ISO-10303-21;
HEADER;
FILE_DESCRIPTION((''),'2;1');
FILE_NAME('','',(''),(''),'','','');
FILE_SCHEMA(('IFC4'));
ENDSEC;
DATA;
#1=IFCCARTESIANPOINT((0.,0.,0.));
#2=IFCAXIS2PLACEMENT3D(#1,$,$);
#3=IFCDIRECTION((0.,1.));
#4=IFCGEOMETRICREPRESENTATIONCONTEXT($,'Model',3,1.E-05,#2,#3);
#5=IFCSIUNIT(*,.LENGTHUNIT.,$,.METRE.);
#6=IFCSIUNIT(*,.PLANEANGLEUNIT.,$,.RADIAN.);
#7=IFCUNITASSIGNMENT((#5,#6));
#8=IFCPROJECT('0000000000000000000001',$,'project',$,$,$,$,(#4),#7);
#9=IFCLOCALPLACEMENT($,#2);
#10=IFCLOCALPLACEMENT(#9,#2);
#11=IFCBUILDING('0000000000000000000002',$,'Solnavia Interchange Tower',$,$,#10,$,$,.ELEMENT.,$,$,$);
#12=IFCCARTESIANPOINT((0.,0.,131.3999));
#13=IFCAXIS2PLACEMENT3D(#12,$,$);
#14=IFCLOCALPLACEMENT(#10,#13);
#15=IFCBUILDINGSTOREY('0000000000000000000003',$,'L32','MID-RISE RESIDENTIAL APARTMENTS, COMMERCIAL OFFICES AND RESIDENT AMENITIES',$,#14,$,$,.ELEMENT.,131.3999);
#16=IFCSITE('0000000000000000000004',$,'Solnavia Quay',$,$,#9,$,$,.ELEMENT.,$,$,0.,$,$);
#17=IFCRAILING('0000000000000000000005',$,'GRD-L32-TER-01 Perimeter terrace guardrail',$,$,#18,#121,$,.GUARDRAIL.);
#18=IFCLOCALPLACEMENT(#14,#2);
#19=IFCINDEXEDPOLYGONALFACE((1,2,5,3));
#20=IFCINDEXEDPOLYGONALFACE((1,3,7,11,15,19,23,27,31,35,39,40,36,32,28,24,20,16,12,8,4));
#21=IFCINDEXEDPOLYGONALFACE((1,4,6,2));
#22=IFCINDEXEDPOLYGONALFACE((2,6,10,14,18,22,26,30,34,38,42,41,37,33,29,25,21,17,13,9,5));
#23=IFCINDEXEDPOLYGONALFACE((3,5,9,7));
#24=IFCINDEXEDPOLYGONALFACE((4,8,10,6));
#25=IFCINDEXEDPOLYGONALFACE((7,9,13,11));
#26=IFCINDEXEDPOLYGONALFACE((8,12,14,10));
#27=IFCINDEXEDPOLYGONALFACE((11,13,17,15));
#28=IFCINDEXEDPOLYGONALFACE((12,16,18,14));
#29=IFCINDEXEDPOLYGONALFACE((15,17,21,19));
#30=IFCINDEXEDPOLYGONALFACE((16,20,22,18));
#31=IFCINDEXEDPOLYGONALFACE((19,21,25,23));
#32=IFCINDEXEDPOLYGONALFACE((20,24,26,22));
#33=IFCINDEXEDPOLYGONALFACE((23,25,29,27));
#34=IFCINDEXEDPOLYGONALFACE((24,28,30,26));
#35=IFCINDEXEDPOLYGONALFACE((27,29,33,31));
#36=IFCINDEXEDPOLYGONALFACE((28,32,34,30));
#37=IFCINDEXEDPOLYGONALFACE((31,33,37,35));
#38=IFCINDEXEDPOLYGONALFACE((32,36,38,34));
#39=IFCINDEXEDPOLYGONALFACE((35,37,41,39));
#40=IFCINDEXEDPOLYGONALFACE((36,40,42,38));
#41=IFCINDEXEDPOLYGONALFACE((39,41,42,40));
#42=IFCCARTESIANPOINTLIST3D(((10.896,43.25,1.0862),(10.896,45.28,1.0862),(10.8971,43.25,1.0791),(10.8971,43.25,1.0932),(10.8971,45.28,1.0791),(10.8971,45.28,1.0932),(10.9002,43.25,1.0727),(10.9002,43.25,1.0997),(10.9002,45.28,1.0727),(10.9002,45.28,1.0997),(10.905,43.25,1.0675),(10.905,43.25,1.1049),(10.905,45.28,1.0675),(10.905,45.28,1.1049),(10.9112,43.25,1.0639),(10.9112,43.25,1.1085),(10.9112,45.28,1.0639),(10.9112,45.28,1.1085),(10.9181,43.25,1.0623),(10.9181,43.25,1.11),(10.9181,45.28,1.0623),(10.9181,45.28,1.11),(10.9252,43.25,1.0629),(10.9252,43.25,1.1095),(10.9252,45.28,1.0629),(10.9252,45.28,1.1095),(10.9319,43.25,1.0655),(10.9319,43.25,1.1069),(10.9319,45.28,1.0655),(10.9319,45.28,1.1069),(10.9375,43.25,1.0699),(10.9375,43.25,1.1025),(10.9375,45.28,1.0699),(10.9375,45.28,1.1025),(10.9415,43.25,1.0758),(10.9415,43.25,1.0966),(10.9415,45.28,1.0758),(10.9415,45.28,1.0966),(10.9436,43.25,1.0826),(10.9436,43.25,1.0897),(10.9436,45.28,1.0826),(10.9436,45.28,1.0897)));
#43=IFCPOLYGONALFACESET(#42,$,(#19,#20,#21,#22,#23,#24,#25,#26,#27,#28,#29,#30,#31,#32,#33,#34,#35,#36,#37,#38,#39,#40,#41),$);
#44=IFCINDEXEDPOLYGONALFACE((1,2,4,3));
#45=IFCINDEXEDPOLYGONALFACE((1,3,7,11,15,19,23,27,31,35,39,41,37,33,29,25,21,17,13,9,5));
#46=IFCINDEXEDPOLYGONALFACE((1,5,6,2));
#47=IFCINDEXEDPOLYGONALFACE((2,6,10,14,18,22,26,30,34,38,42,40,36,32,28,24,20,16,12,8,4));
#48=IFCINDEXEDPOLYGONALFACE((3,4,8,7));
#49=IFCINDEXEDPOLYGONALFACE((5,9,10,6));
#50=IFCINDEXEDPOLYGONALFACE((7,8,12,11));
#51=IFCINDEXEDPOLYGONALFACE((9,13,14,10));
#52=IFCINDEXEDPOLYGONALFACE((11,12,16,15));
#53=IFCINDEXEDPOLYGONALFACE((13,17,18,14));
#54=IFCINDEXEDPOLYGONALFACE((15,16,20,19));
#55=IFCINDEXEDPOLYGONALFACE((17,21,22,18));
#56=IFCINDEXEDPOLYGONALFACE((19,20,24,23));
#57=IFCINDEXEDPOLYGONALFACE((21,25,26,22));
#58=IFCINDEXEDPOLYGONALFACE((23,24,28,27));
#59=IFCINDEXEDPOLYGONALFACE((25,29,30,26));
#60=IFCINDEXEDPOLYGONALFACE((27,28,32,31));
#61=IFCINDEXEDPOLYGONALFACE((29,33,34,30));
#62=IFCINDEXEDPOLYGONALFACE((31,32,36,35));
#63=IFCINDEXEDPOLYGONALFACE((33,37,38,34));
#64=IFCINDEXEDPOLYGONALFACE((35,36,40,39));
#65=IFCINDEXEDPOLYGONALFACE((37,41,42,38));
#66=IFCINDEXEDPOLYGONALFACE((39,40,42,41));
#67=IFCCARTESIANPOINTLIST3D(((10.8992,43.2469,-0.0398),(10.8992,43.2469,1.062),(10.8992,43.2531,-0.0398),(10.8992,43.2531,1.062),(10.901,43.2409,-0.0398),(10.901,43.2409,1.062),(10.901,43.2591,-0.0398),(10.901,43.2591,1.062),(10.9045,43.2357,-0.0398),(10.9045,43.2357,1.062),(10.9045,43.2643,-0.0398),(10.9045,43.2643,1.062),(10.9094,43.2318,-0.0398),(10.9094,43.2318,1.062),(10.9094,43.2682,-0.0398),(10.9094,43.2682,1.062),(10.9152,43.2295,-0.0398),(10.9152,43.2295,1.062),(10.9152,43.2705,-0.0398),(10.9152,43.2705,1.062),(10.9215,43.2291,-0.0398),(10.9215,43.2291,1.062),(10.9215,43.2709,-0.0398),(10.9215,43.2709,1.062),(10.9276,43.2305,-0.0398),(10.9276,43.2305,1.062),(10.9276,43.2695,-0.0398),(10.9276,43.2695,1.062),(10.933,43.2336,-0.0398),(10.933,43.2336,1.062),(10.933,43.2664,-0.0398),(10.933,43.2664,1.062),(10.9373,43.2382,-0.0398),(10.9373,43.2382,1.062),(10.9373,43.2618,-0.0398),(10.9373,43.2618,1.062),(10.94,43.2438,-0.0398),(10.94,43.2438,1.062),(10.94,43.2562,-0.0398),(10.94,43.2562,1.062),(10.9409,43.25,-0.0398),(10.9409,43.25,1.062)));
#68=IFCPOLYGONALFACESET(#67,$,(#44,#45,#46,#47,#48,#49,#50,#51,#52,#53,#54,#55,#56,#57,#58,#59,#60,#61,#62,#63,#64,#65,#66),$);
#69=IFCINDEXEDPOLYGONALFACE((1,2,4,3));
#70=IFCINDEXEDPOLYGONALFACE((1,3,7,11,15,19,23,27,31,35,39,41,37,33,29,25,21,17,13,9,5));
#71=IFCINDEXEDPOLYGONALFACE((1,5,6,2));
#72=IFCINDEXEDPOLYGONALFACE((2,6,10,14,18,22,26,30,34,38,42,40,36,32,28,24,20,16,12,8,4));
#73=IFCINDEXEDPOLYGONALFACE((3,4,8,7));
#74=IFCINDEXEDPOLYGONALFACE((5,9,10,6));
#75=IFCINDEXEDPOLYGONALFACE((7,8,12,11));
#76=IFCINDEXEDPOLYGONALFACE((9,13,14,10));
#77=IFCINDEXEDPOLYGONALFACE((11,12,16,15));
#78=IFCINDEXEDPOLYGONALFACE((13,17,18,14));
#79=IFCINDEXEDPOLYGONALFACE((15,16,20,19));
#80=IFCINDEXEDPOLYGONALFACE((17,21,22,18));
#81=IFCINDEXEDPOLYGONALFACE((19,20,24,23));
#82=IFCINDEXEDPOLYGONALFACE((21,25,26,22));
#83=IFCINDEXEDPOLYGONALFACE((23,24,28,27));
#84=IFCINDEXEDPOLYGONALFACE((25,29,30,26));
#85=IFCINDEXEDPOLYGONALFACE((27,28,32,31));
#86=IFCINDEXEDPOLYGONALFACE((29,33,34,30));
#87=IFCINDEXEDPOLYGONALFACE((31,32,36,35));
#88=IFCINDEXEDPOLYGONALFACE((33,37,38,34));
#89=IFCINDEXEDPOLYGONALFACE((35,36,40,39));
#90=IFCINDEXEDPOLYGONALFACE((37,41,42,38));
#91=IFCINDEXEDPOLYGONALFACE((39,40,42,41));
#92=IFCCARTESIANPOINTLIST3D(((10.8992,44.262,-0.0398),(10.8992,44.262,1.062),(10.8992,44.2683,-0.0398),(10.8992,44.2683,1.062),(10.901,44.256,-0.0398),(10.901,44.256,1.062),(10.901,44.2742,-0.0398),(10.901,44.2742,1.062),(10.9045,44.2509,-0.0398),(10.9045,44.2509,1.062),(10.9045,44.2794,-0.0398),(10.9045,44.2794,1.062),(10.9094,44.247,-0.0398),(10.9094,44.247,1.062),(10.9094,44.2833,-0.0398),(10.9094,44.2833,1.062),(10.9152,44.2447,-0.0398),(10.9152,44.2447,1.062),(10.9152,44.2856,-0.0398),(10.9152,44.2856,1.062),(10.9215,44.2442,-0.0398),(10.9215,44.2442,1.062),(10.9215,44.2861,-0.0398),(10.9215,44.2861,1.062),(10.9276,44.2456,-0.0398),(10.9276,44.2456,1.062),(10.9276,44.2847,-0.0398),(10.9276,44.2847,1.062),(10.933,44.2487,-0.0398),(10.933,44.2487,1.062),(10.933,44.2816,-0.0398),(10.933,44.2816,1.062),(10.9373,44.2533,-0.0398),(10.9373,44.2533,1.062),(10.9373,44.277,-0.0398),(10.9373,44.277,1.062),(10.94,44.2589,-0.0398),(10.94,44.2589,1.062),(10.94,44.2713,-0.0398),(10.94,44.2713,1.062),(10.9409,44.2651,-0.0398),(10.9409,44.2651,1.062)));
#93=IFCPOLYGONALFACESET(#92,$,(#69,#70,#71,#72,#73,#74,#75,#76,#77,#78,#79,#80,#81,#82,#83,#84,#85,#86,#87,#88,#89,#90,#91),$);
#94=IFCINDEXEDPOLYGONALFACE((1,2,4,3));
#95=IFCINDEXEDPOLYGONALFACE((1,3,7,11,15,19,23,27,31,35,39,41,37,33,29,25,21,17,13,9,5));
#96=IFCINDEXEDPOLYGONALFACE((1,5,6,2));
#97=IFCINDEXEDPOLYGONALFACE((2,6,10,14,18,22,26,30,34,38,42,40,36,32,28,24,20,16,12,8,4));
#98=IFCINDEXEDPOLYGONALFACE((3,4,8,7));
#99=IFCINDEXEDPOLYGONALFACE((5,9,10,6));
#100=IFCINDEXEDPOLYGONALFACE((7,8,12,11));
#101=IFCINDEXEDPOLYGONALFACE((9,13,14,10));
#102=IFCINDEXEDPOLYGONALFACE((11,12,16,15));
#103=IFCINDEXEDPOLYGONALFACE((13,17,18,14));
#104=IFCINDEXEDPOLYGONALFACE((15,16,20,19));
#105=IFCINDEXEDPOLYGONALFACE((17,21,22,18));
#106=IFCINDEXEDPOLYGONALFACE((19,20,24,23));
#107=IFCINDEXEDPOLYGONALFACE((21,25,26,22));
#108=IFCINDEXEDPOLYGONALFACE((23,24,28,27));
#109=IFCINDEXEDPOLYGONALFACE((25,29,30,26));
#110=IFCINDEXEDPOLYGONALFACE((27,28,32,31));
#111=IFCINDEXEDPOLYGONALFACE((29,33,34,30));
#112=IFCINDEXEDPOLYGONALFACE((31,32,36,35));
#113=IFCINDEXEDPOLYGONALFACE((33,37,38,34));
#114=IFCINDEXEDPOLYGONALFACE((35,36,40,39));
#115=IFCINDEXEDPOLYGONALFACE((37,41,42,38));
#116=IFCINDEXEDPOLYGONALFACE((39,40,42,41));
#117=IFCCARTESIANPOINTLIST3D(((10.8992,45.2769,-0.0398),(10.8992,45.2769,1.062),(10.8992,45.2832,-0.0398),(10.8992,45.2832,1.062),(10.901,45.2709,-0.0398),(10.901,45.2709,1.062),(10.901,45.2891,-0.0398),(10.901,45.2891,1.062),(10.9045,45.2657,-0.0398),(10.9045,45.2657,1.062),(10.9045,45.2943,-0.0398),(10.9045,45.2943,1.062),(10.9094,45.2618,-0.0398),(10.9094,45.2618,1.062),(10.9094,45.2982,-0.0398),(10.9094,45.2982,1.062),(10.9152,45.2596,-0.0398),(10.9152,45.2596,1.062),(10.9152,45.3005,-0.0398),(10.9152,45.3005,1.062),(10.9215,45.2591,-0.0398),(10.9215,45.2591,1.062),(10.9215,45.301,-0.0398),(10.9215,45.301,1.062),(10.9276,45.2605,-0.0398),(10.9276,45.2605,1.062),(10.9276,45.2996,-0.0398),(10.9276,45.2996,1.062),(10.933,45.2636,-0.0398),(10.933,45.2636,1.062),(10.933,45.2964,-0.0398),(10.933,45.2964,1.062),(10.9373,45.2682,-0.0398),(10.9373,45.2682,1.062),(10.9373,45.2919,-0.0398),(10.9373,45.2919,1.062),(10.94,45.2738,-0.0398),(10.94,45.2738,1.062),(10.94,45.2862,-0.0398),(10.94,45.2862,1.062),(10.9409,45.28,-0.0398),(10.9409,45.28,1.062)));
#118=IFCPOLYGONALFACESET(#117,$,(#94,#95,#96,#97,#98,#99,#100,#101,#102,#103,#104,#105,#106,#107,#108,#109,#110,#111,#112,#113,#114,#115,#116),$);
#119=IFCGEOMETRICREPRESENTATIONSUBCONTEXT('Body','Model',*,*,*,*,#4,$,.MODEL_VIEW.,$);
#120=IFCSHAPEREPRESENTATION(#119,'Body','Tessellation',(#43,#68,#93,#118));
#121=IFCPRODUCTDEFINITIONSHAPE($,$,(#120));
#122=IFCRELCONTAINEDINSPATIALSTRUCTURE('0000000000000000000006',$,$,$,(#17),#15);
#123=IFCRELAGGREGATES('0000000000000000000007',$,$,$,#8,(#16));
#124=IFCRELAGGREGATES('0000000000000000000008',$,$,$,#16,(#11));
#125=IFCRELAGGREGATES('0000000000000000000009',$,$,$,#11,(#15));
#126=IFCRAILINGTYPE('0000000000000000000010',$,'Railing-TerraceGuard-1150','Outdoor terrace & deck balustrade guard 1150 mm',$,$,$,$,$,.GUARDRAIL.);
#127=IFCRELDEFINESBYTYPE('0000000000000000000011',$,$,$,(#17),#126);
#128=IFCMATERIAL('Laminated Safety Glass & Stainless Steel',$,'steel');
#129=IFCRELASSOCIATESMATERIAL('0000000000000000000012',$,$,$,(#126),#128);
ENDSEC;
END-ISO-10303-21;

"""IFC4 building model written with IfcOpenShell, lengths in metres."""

from ifc_helpers import new_model, si_unit, direction, frame, origin, origin_2d, place, context, subcontext, project, spatial, circle, extrude, material, type_object, element, save


model = new_model("IFC4")

# Units and contexts
model_context = context("Model", 3, precision=1e-05, world=origin(), true_north=direction((0.0, 1.0)))
body_context = subcontext(model_context, "Body", "Model", "MODEL_VIEW")
ifc_project = project(units=[si_unit("LENGTHUNIT", "METRE"), si_unit("PLANEANGLEUNIT", "RADIAN")], contexts=[model_context])

# Site, building, storey
site_placement = place(None, origin())
site = spatial("IfcSite", under=ifc_project, at=site_placement, Name="Solnavia Quay", CompositionType="ELEMENT", RefElevation=0.0)
building_placement = place(site_placement, origin())
building = spatial("IfcBuilding", under=site, at=building_placement, Name="Solnavia Interchange Tower", CompositionType="ELEMENT")
storey_placement = place(building_placement, frame((0.0, 0.0, 131.3999)))
storey = spatial("IfcBuildingStorey", under=building, at=storey_placement, Name="L32", Description="MID-RISE RESIDENTIAL APARTMENTS, COMMERCIAL OFFICES AND RESIDENT AMENITIES", CompositionType="ELEMENT", Elevation=131.3999)

# Railing
ifc_material_1 = material(Name="Laminated Safety Glass & Stainless Steel", Category="steel")
railing_type = type_object("IfcRailingType", Name="Railing-TerraceGuard-1150", Description="Outdoor terrace & deck balustrade guard 1150 mm", PredefinedType="GUARDRAIL", material=ifc_material_1)
railing_1_placement = place(storey_placement, frame((10.9199, 43.25, -0.0398)))
element("IfcRailing", 1, at=railing_1_placement, inside=storey, type_object=railing_type, Name="GRD-L32-TER-01 Perimeter terrace guardrail", PredefinedType="GUARDRAIL", context=body_context, shape_type="SweptSolid", body=[
    extrude(circle(Radius=0.0239, at=origin_2d()), frame((0.0, 0.0, 1.126), z_axis=(0.0, 1.0, 0.0), x_axis=(-1.0, 0.0, 0.0)), (0.0, 0.0, 1.0), 2.03),
    extrude(circle(Radius=0.021, at=origin_2d()), origin(), (0.0, 0.0, 1.0), 1.1018),
    extrude(circle(Radius=0.021, at=origin_2d()), frame((0.0, 1.0151, 0.0)), (0.0, 0.0, 1.0), 1.1018),
    extrude(circle(Radius=0.021, at=origin_2d()), frame((0.0, 2.03, 0.0)), (0.0, 0.0, 1.0), 1.1018),
])

save(model, "model.ifc")
